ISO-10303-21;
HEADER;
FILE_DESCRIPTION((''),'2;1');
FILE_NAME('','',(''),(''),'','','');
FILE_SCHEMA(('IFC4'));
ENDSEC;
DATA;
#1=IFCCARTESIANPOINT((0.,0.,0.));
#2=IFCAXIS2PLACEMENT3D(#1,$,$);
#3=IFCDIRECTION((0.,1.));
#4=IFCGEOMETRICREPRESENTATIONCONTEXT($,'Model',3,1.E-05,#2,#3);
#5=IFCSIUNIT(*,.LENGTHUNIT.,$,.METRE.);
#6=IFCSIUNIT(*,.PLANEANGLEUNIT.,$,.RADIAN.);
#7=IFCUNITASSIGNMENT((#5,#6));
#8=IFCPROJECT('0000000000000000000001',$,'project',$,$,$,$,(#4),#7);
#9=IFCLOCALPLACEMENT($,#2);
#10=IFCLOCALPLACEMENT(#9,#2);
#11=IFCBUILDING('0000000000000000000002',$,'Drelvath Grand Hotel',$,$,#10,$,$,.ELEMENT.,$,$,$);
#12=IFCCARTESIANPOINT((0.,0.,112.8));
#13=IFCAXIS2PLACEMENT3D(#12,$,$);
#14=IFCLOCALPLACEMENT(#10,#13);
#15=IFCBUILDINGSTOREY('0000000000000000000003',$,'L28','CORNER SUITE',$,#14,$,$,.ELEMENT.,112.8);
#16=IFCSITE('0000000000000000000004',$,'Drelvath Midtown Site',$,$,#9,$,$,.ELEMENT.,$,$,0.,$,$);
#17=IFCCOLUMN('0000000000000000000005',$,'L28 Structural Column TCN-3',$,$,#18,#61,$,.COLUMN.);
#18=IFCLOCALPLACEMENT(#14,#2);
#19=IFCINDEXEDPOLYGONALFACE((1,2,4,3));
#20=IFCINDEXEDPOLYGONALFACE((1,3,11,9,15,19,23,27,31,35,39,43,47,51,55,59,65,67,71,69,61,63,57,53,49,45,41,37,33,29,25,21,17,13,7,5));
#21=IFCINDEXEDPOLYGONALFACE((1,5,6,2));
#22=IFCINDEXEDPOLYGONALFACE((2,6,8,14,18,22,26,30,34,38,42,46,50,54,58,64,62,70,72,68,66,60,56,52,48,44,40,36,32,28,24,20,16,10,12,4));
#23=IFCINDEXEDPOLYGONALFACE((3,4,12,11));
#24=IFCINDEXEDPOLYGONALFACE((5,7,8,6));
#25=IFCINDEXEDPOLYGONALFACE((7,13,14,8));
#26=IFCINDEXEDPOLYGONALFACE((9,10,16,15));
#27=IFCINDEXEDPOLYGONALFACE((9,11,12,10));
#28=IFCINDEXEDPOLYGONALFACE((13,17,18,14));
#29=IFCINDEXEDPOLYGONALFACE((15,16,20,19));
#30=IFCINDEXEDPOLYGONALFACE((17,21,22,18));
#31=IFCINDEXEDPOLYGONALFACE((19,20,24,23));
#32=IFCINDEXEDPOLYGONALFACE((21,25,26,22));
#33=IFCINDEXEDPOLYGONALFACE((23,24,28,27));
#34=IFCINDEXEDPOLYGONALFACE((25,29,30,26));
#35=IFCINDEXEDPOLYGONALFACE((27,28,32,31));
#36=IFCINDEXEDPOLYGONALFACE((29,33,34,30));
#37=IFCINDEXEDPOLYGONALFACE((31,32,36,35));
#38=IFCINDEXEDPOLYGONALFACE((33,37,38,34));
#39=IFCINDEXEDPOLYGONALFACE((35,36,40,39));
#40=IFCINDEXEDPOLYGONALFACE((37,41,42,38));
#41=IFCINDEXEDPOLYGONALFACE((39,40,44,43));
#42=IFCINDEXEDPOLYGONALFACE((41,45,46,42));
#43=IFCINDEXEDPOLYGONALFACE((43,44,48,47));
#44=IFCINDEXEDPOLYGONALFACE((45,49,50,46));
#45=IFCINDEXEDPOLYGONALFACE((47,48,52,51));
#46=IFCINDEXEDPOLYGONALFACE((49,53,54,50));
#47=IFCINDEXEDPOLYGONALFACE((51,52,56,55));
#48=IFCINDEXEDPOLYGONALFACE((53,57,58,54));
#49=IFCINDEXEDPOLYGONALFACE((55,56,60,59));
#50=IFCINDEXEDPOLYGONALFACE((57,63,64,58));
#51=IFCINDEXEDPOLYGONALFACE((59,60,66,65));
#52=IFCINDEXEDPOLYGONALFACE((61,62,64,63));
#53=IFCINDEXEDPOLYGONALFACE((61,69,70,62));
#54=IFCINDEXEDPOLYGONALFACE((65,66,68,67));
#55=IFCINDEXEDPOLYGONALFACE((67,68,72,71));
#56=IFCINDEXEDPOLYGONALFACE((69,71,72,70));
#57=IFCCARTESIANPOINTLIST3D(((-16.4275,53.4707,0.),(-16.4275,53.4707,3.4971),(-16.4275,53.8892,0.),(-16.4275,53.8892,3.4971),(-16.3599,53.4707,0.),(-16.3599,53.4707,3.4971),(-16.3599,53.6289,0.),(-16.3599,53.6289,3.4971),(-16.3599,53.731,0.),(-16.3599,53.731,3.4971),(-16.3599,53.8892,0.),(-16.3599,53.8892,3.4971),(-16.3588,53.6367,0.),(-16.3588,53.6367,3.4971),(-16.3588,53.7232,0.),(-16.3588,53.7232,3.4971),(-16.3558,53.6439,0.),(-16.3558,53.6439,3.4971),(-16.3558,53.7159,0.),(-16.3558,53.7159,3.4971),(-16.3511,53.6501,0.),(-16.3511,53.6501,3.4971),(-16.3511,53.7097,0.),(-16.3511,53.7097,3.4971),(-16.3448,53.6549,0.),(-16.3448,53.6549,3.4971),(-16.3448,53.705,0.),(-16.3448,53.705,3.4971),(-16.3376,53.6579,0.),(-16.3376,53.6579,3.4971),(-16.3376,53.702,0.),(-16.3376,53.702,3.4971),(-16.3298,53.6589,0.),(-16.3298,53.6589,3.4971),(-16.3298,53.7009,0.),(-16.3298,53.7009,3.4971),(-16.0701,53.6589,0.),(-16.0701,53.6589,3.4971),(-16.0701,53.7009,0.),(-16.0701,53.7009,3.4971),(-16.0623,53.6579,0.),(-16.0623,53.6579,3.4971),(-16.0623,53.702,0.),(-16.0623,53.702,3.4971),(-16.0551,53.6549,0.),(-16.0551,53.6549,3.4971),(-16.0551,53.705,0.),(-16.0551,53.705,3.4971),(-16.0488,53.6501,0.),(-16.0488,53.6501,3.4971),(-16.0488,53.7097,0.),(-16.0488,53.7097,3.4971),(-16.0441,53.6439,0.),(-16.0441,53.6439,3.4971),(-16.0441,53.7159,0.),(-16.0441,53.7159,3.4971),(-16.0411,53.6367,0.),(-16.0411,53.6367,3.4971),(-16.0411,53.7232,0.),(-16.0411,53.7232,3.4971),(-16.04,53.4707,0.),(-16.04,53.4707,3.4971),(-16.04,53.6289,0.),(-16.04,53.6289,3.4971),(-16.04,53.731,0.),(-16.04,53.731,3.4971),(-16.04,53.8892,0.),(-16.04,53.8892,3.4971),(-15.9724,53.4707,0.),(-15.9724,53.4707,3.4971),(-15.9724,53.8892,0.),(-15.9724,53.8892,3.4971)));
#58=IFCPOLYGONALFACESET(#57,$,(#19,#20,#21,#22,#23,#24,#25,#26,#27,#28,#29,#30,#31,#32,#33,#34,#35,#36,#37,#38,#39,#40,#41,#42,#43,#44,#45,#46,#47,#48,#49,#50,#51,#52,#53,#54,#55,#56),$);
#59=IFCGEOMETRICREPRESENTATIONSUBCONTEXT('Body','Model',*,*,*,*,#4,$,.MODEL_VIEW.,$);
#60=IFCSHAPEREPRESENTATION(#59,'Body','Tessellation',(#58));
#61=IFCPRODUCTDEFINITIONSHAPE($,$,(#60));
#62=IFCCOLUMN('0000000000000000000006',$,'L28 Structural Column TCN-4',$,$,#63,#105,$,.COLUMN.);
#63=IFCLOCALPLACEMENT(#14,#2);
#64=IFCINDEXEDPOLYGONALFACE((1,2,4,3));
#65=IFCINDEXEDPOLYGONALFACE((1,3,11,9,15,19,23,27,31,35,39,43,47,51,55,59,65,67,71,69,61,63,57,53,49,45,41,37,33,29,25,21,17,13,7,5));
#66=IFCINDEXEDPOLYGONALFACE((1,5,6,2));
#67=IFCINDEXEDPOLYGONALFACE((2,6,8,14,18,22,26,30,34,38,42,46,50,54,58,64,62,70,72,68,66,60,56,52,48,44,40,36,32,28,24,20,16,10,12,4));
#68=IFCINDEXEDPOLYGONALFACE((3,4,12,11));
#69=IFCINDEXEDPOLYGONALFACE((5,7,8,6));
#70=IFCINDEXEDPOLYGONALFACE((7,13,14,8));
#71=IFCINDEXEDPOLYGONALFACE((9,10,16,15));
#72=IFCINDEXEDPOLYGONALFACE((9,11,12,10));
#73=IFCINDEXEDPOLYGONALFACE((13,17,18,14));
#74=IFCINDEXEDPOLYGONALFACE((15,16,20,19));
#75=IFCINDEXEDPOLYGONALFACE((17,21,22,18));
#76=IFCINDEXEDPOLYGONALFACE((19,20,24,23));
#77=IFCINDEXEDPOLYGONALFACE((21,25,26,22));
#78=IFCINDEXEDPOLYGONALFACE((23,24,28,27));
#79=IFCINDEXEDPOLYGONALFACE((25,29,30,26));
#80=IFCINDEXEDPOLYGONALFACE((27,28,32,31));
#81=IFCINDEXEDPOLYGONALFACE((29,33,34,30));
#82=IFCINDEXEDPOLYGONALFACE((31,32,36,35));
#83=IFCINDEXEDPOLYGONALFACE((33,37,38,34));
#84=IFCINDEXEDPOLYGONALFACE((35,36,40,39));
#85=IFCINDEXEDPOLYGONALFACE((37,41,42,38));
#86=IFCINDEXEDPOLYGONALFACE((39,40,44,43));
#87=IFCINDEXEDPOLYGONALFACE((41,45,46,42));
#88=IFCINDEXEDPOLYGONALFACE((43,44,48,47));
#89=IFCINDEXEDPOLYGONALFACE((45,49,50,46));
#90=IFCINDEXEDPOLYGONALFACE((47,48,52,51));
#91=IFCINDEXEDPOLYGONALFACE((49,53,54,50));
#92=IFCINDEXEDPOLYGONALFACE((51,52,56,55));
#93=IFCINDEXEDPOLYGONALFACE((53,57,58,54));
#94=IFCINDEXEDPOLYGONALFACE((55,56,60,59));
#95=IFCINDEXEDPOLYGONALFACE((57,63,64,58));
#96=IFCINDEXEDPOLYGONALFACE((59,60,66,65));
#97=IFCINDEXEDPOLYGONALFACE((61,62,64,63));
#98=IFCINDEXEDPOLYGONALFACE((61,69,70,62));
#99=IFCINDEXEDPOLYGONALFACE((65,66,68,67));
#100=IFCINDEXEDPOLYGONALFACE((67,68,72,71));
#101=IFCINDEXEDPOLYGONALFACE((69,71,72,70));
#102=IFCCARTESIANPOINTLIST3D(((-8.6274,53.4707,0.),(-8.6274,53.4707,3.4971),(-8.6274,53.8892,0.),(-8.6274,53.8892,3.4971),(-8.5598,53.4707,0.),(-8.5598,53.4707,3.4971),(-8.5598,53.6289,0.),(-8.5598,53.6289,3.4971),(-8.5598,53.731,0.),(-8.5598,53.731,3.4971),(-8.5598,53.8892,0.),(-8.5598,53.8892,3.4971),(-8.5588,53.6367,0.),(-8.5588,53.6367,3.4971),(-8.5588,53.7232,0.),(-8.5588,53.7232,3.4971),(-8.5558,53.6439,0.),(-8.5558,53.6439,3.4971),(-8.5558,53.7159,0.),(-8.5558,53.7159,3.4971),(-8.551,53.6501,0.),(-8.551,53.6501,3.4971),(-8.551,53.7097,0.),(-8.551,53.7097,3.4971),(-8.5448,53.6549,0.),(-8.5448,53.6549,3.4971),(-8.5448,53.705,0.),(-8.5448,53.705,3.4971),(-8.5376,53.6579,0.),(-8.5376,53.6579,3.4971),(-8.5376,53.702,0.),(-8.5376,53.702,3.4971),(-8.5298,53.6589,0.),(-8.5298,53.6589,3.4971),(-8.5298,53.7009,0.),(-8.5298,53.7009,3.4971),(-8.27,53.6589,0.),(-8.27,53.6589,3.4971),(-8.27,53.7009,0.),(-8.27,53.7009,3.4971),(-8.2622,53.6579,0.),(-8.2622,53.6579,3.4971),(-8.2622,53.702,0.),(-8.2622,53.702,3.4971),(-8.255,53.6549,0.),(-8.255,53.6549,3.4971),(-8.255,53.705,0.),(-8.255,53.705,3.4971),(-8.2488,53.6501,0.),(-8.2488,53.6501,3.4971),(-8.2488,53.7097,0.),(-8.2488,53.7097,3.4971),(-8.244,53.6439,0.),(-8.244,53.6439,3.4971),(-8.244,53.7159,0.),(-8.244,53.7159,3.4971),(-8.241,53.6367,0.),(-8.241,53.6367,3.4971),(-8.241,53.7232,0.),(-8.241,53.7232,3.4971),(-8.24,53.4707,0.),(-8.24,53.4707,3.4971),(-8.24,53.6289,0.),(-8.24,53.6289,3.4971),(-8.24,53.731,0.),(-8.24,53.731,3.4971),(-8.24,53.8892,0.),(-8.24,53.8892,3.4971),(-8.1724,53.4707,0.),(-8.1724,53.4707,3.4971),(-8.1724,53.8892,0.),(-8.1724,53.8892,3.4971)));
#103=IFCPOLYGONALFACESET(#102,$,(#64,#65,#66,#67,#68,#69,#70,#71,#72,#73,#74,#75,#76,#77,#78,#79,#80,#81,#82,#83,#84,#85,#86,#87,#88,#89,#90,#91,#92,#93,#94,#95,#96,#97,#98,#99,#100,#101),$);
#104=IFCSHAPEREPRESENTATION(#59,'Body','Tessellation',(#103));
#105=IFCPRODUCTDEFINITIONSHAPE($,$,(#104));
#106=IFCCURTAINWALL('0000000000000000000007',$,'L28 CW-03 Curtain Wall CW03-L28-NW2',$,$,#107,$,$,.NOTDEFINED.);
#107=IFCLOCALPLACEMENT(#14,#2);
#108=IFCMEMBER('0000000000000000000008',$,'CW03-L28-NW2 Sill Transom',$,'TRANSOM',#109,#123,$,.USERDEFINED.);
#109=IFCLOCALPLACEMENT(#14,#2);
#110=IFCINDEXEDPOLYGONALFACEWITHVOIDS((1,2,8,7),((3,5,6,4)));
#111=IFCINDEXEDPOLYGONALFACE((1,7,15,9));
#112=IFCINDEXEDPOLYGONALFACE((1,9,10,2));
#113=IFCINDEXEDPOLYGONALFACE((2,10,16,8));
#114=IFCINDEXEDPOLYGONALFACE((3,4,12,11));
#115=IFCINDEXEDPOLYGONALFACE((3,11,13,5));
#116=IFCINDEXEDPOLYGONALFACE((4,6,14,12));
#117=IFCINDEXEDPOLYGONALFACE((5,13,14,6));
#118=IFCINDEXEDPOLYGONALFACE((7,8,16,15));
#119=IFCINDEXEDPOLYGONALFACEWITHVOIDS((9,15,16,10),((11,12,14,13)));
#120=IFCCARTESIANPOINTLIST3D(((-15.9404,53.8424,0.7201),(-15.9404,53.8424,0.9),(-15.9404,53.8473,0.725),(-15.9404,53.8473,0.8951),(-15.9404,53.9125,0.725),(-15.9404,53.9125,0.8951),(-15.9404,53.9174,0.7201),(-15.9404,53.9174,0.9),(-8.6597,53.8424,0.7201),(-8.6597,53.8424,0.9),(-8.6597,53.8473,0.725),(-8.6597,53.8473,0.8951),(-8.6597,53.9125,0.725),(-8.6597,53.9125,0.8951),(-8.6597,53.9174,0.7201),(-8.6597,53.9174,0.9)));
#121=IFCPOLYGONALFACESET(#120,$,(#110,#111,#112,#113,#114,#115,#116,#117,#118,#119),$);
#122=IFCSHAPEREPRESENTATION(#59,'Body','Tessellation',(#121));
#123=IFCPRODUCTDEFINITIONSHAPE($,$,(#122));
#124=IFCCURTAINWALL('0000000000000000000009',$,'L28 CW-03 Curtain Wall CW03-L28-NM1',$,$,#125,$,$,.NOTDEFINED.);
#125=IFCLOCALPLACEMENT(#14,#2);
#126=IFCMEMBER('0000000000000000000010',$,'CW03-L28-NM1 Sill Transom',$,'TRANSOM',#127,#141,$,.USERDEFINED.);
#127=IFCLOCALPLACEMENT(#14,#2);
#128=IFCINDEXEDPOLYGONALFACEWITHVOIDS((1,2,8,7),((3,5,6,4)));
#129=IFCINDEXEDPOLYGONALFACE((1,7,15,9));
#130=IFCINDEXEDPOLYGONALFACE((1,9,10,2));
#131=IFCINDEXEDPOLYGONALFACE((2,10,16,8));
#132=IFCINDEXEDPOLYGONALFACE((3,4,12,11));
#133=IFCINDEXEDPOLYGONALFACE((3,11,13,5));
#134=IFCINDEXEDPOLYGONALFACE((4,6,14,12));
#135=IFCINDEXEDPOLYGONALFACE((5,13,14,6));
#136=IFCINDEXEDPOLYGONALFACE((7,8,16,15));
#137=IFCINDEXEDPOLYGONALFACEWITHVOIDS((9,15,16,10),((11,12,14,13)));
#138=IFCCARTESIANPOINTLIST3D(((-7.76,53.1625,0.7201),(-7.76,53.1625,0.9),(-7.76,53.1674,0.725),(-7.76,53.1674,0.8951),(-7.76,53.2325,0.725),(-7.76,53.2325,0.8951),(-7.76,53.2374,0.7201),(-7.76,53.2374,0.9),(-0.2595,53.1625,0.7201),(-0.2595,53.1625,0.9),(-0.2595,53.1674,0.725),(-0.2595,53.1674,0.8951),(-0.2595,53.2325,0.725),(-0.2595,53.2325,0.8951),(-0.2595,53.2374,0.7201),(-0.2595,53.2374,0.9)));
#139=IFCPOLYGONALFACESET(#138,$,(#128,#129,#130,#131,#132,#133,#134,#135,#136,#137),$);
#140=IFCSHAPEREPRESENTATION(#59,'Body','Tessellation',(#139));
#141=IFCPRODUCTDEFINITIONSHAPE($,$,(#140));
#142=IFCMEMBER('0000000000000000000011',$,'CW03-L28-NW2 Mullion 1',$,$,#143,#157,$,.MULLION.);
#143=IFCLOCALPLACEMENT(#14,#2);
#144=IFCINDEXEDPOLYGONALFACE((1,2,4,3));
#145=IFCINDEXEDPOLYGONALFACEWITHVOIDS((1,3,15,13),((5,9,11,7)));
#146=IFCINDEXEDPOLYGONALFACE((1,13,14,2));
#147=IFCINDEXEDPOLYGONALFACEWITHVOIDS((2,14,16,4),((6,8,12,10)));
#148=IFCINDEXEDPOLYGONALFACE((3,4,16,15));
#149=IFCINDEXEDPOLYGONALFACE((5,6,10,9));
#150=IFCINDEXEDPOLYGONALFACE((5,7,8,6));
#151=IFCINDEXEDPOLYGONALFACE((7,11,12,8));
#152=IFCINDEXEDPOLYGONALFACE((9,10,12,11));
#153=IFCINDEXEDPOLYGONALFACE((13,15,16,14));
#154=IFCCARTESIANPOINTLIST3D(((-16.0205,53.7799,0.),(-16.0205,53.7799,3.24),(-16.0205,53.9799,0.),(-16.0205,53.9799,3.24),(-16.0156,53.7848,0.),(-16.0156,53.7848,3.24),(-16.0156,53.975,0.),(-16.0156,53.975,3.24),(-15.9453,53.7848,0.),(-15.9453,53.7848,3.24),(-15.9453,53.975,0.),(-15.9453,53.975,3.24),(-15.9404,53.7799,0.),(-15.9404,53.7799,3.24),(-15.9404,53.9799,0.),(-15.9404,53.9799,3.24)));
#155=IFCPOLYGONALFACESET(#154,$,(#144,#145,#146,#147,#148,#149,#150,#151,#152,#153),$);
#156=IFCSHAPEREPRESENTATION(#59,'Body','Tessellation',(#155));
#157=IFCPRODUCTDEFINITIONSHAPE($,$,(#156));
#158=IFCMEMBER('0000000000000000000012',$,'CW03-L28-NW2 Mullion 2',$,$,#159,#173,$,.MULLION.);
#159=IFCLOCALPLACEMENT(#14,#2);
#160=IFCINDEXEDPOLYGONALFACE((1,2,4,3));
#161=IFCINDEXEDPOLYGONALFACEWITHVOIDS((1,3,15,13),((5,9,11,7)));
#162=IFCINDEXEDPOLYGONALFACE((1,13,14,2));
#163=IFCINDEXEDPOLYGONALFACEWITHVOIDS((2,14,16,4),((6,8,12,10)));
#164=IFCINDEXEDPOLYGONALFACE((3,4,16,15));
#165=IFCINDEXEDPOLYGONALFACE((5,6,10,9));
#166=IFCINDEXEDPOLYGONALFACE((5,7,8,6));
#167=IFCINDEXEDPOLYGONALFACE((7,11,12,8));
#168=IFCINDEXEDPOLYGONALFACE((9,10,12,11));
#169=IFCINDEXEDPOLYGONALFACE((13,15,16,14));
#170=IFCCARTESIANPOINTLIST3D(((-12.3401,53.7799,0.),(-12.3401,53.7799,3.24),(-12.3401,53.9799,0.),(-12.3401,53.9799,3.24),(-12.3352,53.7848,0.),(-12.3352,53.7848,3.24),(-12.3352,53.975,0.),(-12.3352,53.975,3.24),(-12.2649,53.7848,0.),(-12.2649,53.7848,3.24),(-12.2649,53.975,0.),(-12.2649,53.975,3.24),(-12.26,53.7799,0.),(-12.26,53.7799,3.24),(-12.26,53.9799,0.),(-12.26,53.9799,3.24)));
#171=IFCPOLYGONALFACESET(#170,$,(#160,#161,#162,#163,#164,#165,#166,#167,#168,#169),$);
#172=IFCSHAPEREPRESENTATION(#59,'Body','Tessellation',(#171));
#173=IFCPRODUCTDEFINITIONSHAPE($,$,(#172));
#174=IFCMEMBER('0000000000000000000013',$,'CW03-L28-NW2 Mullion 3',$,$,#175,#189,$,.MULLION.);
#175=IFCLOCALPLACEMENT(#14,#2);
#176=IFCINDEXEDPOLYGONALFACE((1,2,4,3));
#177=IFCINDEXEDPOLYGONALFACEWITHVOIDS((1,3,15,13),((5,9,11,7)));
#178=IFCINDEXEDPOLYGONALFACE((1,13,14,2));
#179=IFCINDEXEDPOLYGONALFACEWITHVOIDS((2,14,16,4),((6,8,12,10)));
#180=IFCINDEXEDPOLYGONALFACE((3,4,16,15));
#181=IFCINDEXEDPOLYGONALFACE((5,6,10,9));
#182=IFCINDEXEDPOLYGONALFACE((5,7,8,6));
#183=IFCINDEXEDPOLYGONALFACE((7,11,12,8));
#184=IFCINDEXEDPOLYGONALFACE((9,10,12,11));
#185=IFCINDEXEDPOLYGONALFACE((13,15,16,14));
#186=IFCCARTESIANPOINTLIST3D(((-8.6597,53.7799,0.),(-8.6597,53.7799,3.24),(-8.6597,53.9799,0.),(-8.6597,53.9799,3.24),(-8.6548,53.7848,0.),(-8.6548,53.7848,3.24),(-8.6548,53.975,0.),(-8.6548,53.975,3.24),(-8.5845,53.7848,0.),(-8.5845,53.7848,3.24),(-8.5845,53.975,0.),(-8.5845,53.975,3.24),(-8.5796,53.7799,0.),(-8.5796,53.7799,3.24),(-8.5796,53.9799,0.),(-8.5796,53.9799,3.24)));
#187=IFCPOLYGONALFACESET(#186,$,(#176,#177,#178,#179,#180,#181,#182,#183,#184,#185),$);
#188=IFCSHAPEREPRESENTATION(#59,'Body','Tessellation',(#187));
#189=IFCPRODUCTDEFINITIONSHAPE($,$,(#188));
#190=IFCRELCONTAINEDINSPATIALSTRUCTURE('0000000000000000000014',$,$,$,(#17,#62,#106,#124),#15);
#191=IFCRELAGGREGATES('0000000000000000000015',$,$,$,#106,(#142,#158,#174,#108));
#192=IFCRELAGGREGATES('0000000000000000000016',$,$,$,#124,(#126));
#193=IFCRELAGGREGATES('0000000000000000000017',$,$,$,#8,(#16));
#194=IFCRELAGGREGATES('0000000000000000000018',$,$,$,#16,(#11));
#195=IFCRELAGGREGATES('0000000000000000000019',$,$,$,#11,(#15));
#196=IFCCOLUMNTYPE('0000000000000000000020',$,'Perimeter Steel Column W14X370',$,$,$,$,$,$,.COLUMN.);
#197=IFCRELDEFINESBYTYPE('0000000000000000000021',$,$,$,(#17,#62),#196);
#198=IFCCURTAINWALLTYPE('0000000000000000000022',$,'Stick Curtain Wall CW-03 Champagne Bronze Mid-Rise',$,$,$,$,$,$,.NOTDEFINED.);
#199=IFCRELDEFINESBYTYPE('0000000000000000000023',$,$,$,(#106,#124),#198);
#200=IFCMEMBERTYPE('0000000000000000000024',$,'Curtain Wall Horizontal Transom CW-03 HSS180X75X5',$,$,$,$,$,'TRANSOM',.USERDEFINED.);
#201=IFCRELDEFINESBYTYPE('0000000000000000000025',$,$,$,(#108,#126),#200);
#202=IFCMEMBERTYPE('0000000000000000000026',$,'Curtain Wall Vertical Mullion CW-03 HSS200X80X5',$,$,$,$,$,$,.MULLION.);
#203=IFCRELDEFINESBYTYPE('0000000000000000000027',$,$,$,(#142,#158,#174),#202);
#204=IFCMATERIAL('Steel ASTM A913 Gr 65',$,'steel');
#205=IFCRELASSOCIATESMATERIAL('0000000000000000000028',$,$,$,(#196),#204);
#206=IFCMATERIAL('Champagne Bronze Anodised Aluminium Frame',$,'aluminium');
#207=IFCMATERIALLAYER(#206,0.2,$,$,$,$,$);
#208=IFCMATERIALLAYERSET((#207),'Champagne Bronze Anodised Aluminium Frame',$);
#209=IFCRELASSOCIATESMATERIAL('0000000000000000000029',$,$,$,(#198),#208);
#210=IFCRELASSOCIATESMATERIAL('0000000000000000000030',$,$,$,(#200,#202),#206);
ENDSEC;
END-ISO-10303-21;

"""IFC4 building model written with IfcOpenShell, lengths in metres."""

from ifc_helpers import new_model, si_unit, direction, frame, origin, origin_2d, place, context, subcontext, project, spatial, hollow_rectangle, i_section, extrude, material, layer, layer_set, material_profile, profile_set, type_object, element, aggregate, save


model = new_model("IFC4")

# Units and contexts
model_context = context("Model", 3, precision=1e-05, world=origin(), true_north=direction((0.0, 1.0)))
body_context = subcontext(model_context, "Body", "Model", "MODEL_VIEW")
ifc_project = project(units=[si_unit("LENGTHUNIT", "METRE"), si_unit("PLANEANGLEUNIT", "RADIAN")], contexts=[model_context])

# Site, building, storey
site_placement = place(None, origin())
site = spatial("IfcSite", under=ifc_project, at=site_placement, Name="Drelvath Midtown Site", CompositionType="ELEMENT", RefElevation=0.0)
building_placement = place(site_placement, origin())
building = spatial("IfcBuilding", under=site, at=building_placement, Name="Drelvath Grand Hotel", CompositionType="ELEMENT")
storey_placement = place(building_placement, frame((0.0, 0.0, 112.8)))
storey = spatial("IfcBuildingStorey", under=building, at=storey_placement, Name="L28", Description="CORNER SUITE", CompositionType="ELEMENT", Elevation=112.8)

# Columns
ifc_material_1 = material(Name="Steel ASTM A913 Gr 65", Category="steel")
ifc_material_profile_1 = material_profile(ifc_material_1, i_section(OverallWidth=0.4185, OverallDepth=0.4551, WebThickness=0.042, FlangeThickness=0.0676, FilletRadius=0.03, at=origin_2d()), Name="W14X370")
ifc_profile_set_1 = profile_set([ifc_material_profile_1], Name="Steel ASTM A913 Gr 65")
column_type = type_object("IfcColumnType", Name="Perimeter Steel Column W14X370", PredefinedType="COLUMN", material=ifc_profile_set_1)
for number, where, z_axis, x_axis, name in (
    (1, (-16.2, 53.6799, 0.0), (0.0, 0.0, 1.0), (0.0, 1.0, 0.0), "L28 Structural Column TCN-3"),
    (2, (-8.3999, 53.6799, 0.0), (0.0, 0.0, 1.0), (0.0, 1.0, 0.0), "L28 Structural Column TCN-4"),
):
    element("IfcColumn", number, at=place(storey_placement, frame(where, z_axis=z_axis, x_axis=x_axis)), inside=storey, type_object=column_type, Name=name, PredefinedType="COLUMN", context=body_context, shape_type="SweptSolid", body=[
        extrude(i_section(OverallWidth=0.4185, OverallDepth=0.4551, WebThickness=0.042, FlangeThickness=0.0676, FilletRadius=0.03, at=origin_2d()), origin(), (0.0, 0.0, 1.0), 3.4971),
    ])

# Curtain walls, members
ifc_material_2 = material(Name="Champagne Bronze Anodised Aluminium Frame", Category="aluminium")
ifc_layer_1 = layer(ifc_material_2, 0.2)
ifc_layer_set_1 = layer_set([ifc_layer_1], Name="Champagne Bronze Anodised Aluminium Frame")
curtain_wall_type = type_object("IfcCurtainWallType", Name="Stick Curtain Wall CW-03 Champagne Bronze Mid-Rise", PredefinedType="NOTDEFINED", material=ifc_layer_set_1)
curtain_wall_1_placement = place(storey_placement, origin())
curtain_wall_1 = element("IfcCurtainWall", 3, at=curtain_wall_1_placement, inside=storey, type_object=curtain_wall_type, Name="L28 CW-03 Curtain Wall CW03-L28-NW2", PredefinedType="NOTDEFINED")
ifc_material_profile_2 = material_profile(ifc_material_2, hollow_rectangle(XDim=0.075, YDim=0.1799, WallThickness=0.0049, at=origin_2d()), Name="HSS180X75X5")
ifc_profile_set_2 = profile_set([ifc_material_profile_2], Name="Champagne Bronze Anodised Aluminium Frame")
member_type_1 = type_object("IfcMemberType", Name="Curtain Wall Horizontal Transom CW-03 HSS180X75X5", ElementType="TRANSOM", PredefinedType="USERDEFINED", material=ifc_profile_set_2)
member_1_placement = place(storey_placement, frame((-15.9404, 53.8799, 0.8101), z_axis=(1.0, 0.0, 0.0), x_axis=(0.0, 1.0, 0.0)))
member_1 = element("IfcMember", 4, at=member_1_placement, type_object=member_type_1, Name="CW03-L28-NW2 Sill Transom", ObjectType="TRANSOM", PredefinedType="USERDEFINED", context=body_context, shape_type="SweptSolid", body=[
    extrude(hollow_rectangle(XDim=0.075, YDim=0.1799, WallThickness=0.0049, at=origin_2d()), origin(), (0.0, 0.0, 1.0), 7.2808),
])
curtain_wall_2_placement = place(storey_placement, origin())
curtain_wall_2 = element("IfcCurtainWall", 5, at=curtain_wall_2_placement, inside=storey, type_object=curtain_wall_type, Name="L28 CW-03 Curtain Wall CW03-L28-NM1", PredefinedType="NOTDEFINED")
member_2_placement = place(storey_placement, frame((-7.76, 53.2, 0.8101), z_axis=(1.0, 0.0, 0.0), x_axis=(0.0, 1.0, 0.0)))
member_2 = element("IfcMember", 6, at=member_2_placement, type_object=member_type_1, Name="CW03-L28-NM1 Sill Transom", ObjectType="TRANSOM", PredefinedType="USERDEFINED", context=body_context, shape_type="SweptSolid", body=[
    extrude(hollow_rectangle(XDim=0.075, YDim=0.1799, WallThickness=0.0049, at=origin_2d()), origin(), (0.0, 0.0, 1.0), 7.5005),
])

# Members
ifc_material_profile_3 = material_profile(ifc_material_2, hollow_rectangle(XDim=0.0801, YDim=0.2, WallThickness=0.0049, at=origin_2d()), Name="HSS200X80X5")
ifc_profile_set_3 = profile_set([ifc_material_profile_3], Name="Champagne Bronze Anodised Aluminium Frame")
member_type_2 = type_object("IfcMemberType", Name="Curtain Wall Vertical Mullion CW-03 HSS200X80X5", PredefinedType="MULLION", material=ifc_profile_set_3)
member_3_placement = place(storey_placement, frame((-15.9805, 53.8799, 0.0), z_axis=(0.0, 0.0, 1.0), x_axis=(1.0, 0.0, 0.0)))
member_3 = element("IfcMember", 7, at=member_3_placement, type_object=member_type_2, Name="CW03-L28-NW2 Mullion 1", PredefinedType="MULLION", context=body_context, shape_type="SweptSolid", body=[
    extrude(hollow_rectangle(XDim=0.0801, YDim=0.2, WallThickness=0.0049, at=origin_2d()), origin(), (0.0, 0.0, 1.0), 3.24),
])
member_4_placement = place(storey_placement, frame((-12.3, 53.8799, 0.0), z_axis=(0.0, 0.0, 1.0), x_axis=(1.0, 0.0, 0.0)))
member_4 = element("IfcMember", 8, at=member_4_placement, type_object=member_type_2, Name="CW03-L28-NW2 Mullion 2", PredefinedType="MULLION", context=body_context, shape_type="SweptSolid", body=[
    extrude(hollow_rectangle(XDim=0.0801, YDim=0.2, WallThickness=0.0049, at=origin_2d()), origin(), (0.0, 0.0, 1.0), 3.24),
])
member_5_placement = place(storey_placement, frame((-8.6196, 53.8799, 0.0), z_axis=(0.0, 0.0, 1.0), x_axis=(1.0, 0.0, 0.0)))
member_5 = element("IfcMember", 9, at=member_5_placement, type_object=member_type_2, Name="CW03-L28-NW2 Mullion 3", PredefinedType="MULLION", context=body_context, shape_type="SweptSolid", body=[
    extrude(hollow_rectangle(XDim=0.0801, YDim=0.2, WallThickness=0.0049, at=origin_2d()), origin(), (0.0, 0.0, 1.0), 3.24),
])

aggregate(curtain_wall_1, [member_3, member_4, member_5, member_1])
aggregate(curtain_wall_2, [member_2])

save(model, "model.ifc")
